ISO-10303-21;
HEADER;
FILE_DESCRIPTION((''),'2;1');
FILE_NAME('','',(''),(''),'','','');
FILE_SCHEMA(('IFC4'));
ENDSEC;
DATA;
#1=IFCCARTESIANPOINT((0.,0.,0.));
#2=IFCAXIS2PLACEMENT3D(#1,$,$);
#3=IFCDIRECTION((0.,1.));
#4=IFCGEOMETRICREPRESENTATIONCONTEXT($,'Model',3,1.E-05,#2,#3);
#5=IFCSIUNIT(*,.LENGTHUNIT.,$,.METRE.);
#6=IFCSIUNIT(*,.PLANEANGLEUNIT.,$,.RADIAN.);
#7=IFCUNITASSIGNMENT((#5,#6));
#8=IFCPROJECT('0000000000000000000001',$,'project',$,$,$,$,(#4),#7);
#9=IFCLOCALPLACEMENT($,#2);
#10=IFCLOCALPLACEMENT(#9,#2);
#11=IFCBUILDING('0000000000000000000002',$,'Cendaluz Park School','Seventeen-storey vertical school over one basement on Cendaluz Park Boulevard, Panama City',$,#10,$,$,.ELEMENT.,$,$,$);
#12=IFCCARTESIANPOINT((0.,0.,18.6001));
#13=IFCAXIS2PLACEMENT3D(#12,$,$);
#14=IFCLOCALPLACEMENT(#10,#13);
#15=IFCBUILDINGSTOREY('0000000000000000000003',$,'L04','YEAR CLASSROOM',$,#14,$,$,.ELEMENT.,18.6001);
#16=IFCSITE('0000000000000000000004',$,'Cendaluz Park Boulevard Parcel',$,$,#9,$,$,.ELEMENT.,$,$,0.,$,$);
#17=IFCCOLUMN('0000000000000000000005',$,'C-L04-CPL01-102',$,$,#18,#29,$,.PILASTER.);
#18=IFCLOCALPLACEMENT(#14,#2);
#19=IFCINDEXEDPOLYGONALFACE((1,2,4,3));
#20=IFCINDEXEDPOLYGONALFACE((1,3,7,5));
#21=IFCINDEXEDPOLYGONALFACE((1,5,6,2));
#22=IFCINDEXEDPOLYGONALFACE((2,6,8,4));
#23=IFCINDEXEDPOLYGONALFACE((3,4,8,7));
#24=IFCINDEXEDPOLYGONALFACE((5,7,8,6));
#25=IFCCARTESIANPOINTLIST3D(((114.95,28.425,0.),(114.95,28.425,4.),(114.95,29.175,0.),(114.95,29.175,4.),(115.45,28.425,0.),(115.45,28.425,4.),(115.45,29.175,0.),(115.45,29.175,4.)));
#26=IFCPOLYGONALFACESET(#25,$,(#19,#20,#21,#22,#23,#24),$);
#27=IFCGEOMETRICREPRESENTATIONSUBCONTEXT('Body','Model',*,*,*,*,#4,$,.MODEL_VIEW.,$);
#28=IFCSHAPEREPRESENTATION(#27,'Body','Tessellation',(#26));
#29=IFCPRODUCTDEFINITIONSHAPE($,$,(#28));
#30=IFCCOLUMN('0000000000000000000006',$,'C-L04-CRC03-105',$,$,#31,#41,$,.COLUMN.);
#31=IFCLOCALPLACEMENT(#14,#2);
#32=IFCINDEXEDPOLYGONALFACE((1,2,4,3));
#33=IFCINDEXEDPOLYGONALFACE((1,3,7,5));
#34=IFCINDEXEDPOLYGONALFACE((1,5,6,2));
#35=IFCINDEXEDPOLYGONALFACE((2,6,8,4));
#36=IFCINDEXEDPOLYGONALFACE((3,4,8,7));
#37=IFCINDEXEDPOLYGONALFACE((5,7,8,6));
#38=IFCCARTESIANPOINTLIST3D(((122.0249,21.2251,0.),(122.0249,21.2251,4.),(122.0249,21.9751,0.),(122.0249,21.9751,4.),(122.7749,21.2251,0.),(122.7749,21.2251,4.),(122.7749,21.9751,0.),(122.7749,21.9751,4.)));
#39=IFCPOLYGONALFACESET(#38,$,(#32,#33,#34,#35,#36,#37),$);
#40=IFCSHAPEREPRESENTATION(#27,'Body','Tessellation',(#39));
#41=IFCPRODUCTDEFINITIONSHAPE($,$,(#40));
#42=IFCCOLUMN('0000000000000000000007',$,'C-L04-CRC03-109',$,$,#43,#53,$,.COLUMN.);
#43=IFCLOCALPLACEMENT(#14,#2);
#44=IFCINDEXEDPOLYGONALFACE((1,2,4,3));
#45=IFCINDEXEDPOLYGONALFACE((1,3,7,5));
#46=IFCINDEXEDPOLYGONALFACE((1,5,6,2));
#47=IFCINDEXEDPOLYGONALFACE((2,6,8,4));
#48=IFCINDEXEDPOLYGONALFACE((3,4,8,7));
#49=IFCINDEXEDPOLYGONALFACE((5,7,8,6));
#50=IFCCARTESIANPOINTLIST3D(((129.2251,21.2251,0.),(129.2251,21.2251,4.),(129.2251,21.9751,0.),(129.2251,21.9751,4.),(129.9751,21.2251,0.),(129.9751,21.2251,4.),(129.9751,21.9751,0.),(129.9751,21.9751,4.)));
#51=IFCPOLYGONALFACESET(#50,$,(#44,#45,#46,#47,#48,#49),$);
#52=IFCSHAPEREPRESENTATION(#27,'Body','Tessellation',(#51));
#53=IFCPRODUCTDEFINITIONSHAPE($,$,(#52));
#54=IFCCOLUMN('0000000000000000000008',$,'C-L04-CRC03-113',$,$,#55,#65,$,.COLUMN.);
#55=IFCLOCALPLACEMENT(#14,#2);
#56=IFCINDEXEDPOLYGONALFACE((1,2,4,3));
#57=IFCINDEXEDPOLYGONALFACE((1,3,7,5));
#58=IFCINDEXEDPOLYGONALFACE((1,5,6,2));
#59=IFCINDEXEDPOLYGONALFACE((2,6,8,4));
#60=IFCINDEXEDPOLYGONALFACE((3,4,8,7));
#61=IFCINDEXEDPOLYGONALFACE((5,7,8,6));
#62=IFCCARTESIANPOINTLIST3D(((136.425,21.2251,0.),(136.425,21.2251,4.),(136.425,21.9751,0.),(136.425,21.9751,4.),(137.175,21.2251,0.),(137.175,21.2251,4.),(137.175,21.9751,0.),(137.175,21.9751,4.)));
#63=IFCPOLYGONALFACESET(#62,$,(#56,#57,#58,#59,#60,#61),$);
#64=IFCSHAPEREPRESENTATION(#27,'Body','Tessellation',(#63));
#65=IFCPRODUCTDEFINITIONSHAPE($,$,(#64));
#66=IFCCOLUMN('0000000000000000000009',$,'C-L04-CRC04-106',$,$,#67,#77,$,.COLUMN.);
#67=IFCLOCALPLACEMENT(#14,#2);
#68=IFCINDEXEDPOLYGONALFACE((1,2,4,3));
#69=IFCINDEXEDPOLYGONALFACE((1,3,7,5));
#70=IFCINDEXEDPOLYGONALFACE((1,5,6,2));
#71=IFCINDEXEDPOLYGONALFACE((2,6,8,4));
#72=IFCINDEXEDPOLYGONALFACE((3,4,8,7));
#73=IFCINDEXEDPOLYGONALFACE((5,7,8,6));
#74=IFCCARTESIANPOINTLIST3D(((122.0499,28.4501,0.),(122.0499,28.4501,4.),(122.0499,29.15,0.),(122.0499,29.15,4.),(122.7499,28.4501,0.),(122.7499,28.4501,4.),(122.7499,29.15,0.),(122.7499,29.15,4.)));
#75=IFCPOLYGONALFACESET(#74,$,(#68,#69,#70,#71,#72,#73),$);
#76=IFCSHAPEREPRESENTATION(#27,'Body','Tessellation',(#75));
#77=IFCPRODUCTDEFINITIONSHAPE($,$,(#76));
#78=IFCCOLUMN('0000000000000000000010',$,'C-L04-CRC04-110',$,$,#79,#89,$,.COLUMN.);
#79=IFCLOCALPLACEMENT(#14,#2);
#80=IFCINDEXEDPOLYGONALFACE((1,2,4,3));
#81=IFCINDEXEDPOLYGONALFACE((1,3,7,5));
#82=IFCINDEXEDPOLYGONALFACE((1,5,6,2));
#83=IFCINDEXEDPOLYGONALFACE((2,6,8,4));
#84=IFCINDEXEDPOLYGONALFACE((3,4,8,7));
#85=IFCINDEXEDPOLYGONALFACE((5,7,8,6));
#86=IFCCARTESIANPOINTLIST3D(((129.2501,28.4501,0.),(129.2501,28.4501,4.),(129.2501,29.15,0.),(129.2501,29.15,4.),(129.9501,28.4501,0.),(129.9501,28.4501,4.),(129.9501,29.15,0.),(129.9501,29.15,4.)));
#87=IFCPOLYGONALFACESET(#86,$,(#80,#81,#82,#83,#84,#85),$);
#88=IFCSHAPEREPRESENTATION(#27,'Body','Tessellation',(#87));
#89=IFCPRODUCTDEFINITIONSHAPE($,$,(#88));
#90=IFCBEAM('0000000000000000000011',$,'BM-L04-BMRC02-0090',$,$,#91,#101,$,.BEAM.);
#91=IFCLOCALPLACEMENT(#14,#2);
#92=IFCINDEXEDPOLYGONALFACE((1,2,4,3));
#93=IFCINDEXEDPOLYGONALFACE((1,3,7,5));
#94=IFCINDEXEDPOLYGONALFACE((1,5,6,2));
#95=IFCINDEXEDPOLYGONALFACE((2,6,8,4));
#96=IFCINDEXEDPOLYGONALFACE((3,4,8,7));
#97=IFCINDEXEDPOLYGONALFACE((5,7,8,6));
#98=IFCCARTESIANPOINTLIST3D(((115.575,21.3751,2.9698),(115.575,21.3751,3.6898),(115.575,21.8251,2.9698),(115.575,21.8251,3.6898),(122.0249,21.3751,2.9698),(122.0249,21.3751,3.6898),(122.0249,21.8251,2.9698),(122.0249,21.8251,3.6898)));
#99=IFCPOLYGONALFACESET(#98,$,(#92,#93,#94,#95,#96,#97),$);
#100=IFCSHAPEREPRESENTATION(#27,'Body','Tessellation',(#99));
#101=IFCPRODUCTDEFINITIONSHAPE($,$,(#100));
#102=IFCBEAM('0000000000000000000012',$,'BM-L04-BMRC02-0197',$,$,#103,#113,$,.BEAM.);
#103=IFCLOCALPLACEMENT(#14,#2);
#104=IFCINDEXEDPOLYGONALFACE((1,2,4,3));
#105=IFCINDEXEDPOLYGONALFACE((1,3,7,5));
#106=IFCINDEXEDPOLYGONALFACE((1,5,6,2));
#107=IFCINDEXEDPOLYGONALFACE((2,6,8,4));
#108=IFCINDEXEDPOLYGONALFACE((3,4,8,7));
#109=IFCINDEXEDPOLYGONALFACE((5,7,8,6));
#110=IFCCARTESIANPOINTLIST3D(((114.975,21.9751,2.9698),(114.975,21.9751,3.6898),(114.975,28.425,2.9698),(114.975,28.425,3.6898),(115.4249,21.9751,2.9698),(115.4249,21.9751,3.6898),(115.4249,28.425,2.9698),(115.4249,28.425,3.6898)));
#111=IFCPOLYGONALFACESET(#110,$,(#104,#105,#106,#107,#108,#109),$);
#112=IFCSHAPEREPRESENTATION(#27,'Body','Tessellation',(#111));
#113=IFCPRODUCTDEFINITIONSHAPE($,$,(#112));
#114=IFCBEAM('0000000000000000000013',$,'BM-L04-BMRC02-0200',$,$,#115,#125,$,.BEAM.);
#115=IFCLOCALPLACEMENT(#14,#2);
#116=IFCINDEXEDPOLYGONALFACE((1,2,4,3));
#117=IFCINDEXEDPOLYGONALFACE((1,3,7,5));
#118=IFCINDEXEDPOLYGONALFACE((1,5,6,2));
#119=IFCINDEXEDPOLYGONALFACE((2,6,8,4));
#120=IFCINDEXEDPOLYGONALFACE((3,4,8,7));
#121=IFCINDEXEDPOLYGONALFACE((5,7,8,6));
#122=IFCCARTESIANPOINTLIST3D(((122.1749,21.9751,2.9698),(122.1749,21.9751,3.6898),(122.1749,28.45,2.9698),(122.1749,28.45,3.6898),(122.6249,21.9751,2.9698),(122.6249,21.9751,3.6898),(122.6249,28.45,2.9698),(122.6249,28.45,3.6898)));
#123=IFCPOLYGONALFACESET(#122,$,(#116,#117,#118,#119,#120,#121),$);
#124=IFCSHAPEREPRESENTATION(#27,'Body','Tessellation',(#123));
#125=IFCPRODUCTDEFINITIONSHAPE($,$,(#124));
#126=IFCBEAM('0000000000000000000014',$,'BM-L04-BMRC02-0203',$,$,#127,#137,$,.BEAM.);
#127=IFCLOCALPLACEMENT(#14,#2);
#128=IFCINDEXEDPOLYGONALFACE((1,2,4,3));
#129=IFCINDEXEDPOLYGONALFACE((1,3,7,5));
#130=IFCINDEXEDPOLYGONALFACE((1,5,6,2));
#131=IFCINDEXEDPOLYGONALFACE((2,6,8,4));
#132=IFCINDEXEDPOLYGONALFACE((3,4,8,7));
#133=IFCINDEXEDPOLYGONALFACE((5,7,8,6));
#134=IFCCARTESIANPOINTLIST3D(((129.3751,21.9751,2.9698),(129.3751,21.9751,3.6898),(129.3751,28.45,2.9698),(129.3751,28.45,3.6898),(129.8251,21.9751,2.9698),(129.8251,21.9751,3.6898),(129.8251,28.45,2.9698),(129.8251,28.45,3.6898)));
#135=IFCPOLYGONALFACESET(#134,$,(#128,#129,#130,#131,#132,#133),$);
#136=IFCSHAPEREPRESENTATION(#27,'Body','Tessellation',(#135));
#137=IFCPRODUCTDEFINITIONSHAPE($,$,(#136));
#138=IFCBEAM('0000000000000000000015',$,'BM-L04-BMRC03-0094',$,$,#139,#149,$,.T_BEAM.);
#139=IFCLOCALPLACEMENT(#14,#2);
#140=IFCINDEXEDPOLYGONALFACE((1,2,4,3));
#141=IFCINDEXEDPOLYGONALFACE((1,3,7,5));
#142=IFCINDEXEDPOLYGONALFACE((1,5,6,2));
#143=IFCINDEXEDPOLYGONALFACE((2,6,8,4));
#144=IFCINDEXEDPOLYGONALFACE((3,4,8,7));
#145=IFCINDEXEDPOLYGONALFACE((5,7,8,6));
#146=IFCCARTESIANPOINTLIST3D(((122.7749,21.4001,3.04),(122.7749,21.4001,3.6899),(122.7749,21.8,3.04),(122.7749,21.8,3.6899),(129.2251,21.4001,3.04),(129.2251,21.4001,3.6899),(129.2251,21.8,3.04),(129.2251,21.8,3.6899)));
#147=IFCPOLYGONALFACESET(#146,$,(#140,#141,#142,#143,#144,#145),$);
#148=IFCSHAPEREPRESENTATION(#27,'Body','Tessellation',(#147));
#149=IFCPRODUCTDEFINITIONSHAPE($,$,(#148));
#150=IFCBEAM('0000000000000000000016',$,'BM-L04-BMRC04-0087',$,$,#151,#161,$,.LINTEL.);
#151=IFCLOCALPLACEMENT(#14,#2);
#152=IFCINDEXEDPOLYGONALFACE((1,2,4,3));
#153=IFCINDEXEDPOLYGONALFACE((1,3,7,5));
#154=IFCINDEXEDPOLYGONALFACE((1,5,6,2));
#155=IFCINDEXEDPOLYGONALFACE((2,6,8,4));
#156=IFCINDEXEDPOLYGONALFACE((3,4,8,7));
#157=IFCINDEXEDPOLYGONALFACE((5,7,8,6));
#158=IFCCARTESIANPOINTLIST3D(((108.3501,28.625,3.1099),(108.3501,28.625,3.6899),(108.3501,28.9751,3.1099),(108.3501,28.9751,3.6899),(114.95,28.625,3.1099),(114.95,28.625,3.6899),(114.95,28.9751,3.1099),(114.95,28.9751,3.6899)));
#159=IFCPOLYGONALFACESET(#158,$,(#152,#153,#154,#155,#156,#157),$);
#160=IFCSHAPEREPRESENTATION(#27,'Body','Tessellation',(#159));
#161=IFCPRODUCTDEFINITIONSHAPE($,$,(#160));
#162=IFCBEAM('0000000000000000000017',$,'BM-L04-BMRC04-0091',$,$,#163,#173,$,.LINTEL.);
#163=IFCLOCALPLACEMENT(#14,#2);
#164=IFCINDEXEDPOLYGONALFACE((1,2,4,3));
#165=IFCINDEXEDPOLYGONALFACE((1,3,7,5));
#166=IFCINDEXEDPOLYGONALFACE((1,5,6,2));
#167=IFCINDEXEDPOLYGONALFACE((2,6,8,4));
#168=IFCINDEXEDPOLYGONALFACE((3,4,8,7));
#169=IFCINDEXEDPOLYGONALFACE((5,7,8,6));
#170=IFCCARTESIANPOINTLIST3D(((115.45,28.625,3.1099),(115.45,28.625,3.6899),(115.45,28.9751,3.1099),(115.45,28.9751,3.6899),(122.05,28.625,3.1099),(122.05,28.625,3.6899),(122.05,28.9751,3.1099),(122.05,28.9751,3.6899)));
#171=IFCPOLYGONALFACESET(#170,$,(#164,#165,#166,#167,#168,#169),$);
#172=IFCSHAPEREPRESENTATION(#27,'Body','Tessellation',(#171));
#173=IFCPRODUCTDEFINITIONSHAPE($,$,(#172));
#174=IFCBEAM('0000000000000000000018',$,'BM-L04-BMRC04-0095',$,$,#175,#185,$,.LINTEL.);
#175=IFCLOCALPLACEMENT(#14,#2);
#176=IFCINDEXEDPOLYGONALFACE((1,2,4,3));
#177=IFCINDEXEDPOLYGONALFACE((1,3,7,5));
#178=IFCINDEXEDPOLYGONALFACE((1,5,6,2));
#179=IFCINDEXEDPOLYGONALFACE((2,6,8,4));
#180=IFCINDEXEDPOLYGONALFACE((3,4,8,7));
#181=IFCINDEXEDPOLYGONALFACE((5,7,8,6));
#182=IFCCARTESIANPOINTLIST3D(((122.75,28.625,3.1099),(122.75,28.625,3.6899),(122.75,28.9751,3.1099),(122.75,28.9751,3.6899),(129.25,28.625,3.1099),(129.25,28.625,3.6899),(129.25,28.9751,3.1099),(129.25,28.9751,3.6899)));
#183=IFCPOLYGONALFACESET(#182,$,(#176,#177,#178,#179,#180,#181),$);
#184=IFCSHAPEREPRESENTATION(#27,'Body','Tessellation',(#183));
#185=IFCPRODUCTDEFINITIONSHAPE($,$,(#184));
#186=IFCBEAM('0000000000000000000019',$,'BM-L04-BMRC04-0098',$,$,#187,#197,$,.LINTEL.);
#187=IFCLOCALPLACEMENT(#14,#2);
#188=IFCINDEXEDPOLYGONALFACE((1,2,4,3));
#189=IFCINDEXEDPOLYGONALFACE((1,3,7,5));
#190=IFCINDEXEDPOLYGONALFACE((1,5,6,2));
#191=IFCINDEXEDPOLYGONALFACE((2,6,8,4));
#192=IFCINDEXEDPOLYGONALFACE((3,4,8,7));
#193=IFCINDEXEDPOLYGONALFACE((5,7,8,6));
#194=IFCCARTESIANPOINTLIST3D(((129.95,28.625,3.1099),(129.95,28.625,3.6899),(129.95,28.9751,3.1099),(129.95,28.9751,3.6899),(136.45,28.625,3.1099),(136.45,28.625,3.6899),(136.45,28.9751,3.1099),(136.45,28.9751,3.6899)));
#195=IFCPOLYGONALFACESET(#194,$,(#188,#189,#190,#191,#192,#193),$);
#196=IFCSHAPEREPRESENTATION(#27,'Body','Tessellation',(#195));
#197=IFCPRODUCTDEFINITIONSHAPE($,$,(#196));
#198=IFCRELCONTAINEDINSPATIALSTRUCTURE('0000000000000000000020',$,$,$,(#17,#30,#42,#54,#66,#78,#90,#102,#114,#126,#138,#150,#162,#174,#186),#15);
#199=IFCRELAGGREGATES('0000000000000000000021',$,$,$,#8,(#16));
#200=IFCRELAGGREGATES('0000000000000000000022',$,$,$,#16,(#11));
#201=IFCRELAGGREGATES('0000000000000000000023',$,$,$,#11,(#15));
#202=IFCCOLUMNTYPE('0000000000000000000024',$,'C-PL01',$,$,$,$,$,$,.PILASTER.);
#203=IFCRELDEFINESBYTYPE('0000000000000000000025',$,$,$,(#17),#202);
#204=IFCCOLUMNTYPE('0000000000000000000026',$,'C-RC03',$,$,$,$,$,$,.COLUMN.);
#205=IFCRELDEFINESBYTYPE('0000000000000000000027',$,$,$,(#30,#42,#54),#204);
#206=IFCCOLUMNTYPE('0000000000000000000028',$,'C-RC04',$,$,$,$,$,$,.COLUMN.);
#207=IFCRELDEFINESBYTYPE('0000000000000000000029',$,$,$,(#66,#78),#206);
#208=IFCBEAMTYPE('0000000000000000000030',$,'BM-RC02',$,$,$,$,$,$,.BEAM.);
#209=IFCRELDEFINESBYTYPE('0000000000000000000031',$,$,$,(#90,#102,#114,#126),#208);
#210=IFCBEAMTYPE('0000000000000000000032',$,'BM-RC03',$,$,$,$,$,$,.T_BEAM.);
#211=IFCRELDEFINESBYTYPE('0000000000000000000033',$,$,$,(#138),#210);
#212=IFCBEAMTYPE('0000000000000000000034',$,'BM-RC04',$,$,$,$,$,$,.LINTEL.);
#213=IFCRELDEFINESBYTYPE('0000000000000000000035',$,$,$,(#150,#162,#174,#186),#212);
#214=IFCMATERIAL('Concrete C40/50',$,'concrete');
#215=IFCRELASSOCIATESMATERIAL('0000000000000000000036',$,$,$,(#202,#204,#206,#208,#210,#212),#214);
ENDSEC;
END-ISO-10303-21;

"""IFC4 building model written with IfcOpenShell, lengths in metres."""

from ifc_helpers import new_model, si_unit, direction, frame, origin, origin_2d, place, context, subcontext, project, spatial, rectangle, extrude, material, material_profile, profile_set, type_object, element, save


model = new_model("IFC4")

# Units and contexts
model_context = context("Model", 3, precision=1e-05, world=origin(), true_north=direction((0.0, 1.0)))
body_context = subcontext(model_context, "Body", "Model", "MODEL_VIEW")
ifc_project = project(units=[si_unit("LENGTHUNIT", "METRE"), si_unit("PLANEANGLEUNIT", "RADIAN")], contexts=[model_context])

# Site, building, storey
site_placement = place(None, origin())
site = spatial("IfcSite", under=ifc_project, at=site_placement, Name="Cendaluz Park Boulevard Parcel", CompositionType="ELEMENT", RefElevation=0.0)
building_placement = place(site_placement, origin())
building = spatial("IfcBuilding", under=site, at=building_placement, Name="Cendaluz Park School", Description="Seventeen-storey vertical school over one basement on Cendaluz Park Boulevard, Panama City", CompositionType="ELEMENT")
storey_placement = place(building_placement, frame((0.0, 0.0, 18.6001)))
storey = spatial("IfcBuildingStorey", under=building, at=storey_placement, Name="L04", Description="YEAR CLASSROOM", CompositionType="ELEMENT", Elevation=18.6001)

# Columns
ifc_material_1 = material(Name="Concrete C40/50", Category="concrete")
ifc_material_profile_1 = material_profile(ifc_material_1, rectangle(XDim=0.5, YDim=0.75, at=origin_2d()), Name="RC 500x750", Category="concrete")
ifc_profile_set_1 = profile_set([ifc_material_profile_1], Name="Concrete C40/50")
column_type_1 = type_object("IfcColumnType", Name="C-PL01", PredefinedType="PILASTER", material=ifc_profile_set_1)
column_placement = place(storey_placement, frame((115.2, 28.8, 0.0), z_axis=(0.0, 0.0, 1.0), x_axis=(1.0, 0.0, 0.0)))
element("IfcColumn", 1, at=column_placement, inside=storey, type_object=column_type_1, Name="C-L04-CPL01-102", PredefinedType="PILASTER", context=body_context, shape_type="SweptSolid", body=[
    extrude(rectangle(XDim=0.5, YDim=0.75, at=origin_2d()), origin(), (0.0, 0.0, 1.0), 4.0),
])
ifc_material_profile_2 = material_profile(ifc_material_1, rectangle(XDim=0.75, YDim=0.75, at=origin_2d()), Name="RC 750x750", Category="concrete")
ifc_profile_set_2 = profile_set([ifc_material_profile_2], Name="Concrete C40/50")
column_type_2 = type_object("IfcColumnType", Name="C-RC03", PredefinedType="COLUMN", material=ifc_profile_set_2)
for number, where, z_axis, x_axis, name in (
    (2, (122.3999, 21.6001, 0.0), (0.0, 0.0, 1.0), (1.0, 0.0, 0.0), "C-L04-CRC03-105"),
    (3, (129.6001, 21.6001, 0.0), (0.0, 0.0, 1.0), (1.0, 0.0, 0.0), "C-L04-CRC03-109"),
    (4, (136.8, 21.6001, 0.0), (0.0, 0.0, 1.0), (1.0, 0.0, 0.0), "C-L04-CRC03-113"),
):
    element("IfcColumn", number, at=place(storey_placement, frame(where, z_axis=z_axis, x_axis=x_axis)), inside=storey, type_object=column_type_2, Name=name, PredefinedType="COLUMN", context=body_context, shape_type="SweptSolid", body=[
        extrude(rectangle(XDim=0.75, YDim=0.75, at=origin_2d()), origin(), (0.0, 0.0, 1.0), 4.0),
    ])
ifc_material_profile_3 = material_profile(ifc_material_1, rectangle(XDim=0.7, YDim=0.7, at=origin_2d()), Name="RC 700x700", Category="concrete")
ifc_profile_set_3 = profile_set([ifc_material_profile_3], Name="Concrete C40/50")
column_type_3 = type_object("IfcColumnType", Name="C-RC04", PredefinedType="COLUMN", material=ifc_profile_set_3)
for number, where, z_axis, x_axis, name in (
    (5, (122.3999, 28.8, 0.0), (0.0, 0.0, 1.0), (1.0, 0.0, 0.0), "C-L04-CRC04-106"),
    (6, (129.6001, 28.8, 0.0), (0.0, 0.0, 1.0), (1.0, 0.0, 0.0), "C-L04-CRC04-110"),
):
    element("IfcColumn", number, at=place(storey_placement, frame(where, z_axis=z_axis, x_axis=x_axis)), inside=storey, type_object=column_type_3, Name=name, PredefinedType="COLUMN", context=body_context, shape_type="SweptSolid", body=[
        extrude(rectangle(XDim=0.7, YDim=0.7, at=origin_2d()), origin(), (0.0, 0.0, 1.0), 4.0),
    ])

# Beams
ifc_material_profile_4 = material_profile(ifc_material_1, rectangle(XDim=0.45, YDim=0.72, at=origin_2d()), Name="RC 450x720", Category="concrete")
ifc_profile_set_4 = profile_set([ifc_material_profile_4], Name="Concrete C40/50")
beam_type_1 = type_object("IfcBeamType", Name="BM-RC02", PredefinedType="BEAM", material=ifc_profile_set_4)
for number, where, z_axis, x_axis, name in (
    (7, (115.575, 21.6001, 3.3298), (1.0, 0.0, 0.0), (0.0, 1.0, 0.0), "BM-L04-BMRC02-0090"),
    (8, (115.2, 21.9751, 3.3298), (0.0, 1.0, 0.0), (-1.0, 0.0, 0.0), "BM-L04-BMRC02-0197"),
):
    element("IfcBeam", number, at=place(storey_placement, frame(where, z_axis=z_axis, x_axis=x_axis)), inside=storey, type_object=beam_type_1, Name=name, PredefinedType="BEAM", context=body_context, shape_type="SweptSolid", body=[
        extrude(rectangle(XDim=0.45, YDim=0.72, at=origin_2d()), origin(), (0.0, 0.0, 1.0), 6.45),
    ])
for number, where, z_axis, x_axis, name in (
    (9, (122.3999, 21.9751, 3.3298), (0.0, 1.0, 0.0), (-1.0, 0.0, 0.0), "BM-L04-BMRC02-0200"),
    (10, (129.6001, 21.9751, 3.3298), (0.0, 1.0, 0.0), (-1.0, 0.0, 0.0), "BM-L04-BMRC02-0203"),
):
    element("IfcBeam", number, at=place(storey_placement, frame(where, z_axis=z_axis, x_axis=x_axis)), inside=storey, type_object=beam_type_1, Name=name, PredefinedType="BEAM", context=body_context, shape_type="SweptSolid", body=[
        extrude(rectangle(XDim=0.45, YDim=0.72, at=origin_2d()), origin(), (0.0, 0.0, 1.0), 6.4749),
    ])
ifc_material_profile_5 = material_profile(ifc_material_1, rectangle(XDim=0.3999, YDim=0.6499, at=origin_2d()), Name="RC 400x650", Category="concrete")
ifc_profile_set_5 = profile_set([ifc_material_profile_5], Name="Concrete C40/50")
beam_type_2 = type_object("IfcBeamType", Name="BM-RC03", PredefinedType="T_BEAM", material=ifc_profile_set_5)
beam_1_placement = place(storey_placement, frame((122.7749, 21.6001, 3.365), z_axis=(1.0, 0.0, 0.0), x_axis=(0.0, 1.0, 0.0)))
element("IfcBeam", 11, at=beam_1_placement, inside=storey, type_object=beam_type_2, Name="BM-L04-BMRC03-0094", PredefinedType="T_BEAM", context=body_context, shape_type="SweptSolid", body=[
    extrude(rectangle(XDim=0.3999, YDim=0.6499, at=origin_2d()), origin(), (0.0, 0.0, 1.0), 6.4502),
])
ifc_material_profile_6 = material_profile(ifc_material_1, rectangle(XDim=0.3501, YDim=0.5801, at=origin_2d()), Name="RC 350x580", Category="concrete")
ifc_profile_set_6 = profile_set([ifc_material_profile_6], Name="Concrete C40/50")
beam_type_3 = type_object("IfcBeamType", Name="BM-RC04", PredefinedType="LINTEL", material=ifc_profile_set_6)
beam_2_placement = place(storey_placement, frame((108.3501, 28.8, 3.3999), z_axis=(1.0, 0.0, 0.0), x_axis=(0.0, 1.0, 0.0)))
element("IfcBeam", 12, at=beam_2_placement, inside=storey, type_object=beam_type_3, Name="BM-L04-BMRC04-0087", PredefinedType="LINTEL", context=body_context, shape_type="SweptSolid", body=[
    extrude(rectangle(XDim=0.3501, YDim=0.5801, at=origin_2d()), origin(), (0.0, 0.0, 1.0), 6.5999),
])
beam_3_placement = place(storey_placement, frame((115.45, 28.8, 3.3999), z_axis=(1.0, 0.0, 0.0), x_axis=(0.0, 1.0, 0.0)))
element("IfcBeam", 13, at=beam_3_placement, inside=storey, type_object=beam_type_3, Name="BM-L04-BMRC04-0091", PredefinedType="LINTEL", context=body_context, shape_type="SweptSolid", body=[
    extrude(rectangle(XDim=0.3501, YDim=0.5801, at=origin_2d()), origin(), (0.0, 0.0, 1.0), 6.6001),
])
for number, where, z_axis, x_axis, name in (
    (14, (122.75, 28.8, 3.3999), (1.0, 0.0, 0.0), (0.0, 1.0, 0.0), "BM-L04-BMRC04-0095"),
    (15, (129.95, 28.8, 3.3999), (1.0, 0.0, 0.0), (0.0, 1.0, 0.0), "BM-L04-BMRC04-0098"),
):
    element("IfcBeam", number, at=place(storey_placement, frame(where, z_axis=z_axis, x_axis=x_axis)), inside=storey, type_object=beam_type_3, Name=name, PredefinedType="LINTEL", context=body_context, shape_type="SweptSolid", body=[
        extrude(rectangle(XDim=0.3501, YDim=0.5801, at=origin_2d()), origin(), (0.0, 0.0, 1.0), 6.5),
    ])

save(model, "model.ifc")
